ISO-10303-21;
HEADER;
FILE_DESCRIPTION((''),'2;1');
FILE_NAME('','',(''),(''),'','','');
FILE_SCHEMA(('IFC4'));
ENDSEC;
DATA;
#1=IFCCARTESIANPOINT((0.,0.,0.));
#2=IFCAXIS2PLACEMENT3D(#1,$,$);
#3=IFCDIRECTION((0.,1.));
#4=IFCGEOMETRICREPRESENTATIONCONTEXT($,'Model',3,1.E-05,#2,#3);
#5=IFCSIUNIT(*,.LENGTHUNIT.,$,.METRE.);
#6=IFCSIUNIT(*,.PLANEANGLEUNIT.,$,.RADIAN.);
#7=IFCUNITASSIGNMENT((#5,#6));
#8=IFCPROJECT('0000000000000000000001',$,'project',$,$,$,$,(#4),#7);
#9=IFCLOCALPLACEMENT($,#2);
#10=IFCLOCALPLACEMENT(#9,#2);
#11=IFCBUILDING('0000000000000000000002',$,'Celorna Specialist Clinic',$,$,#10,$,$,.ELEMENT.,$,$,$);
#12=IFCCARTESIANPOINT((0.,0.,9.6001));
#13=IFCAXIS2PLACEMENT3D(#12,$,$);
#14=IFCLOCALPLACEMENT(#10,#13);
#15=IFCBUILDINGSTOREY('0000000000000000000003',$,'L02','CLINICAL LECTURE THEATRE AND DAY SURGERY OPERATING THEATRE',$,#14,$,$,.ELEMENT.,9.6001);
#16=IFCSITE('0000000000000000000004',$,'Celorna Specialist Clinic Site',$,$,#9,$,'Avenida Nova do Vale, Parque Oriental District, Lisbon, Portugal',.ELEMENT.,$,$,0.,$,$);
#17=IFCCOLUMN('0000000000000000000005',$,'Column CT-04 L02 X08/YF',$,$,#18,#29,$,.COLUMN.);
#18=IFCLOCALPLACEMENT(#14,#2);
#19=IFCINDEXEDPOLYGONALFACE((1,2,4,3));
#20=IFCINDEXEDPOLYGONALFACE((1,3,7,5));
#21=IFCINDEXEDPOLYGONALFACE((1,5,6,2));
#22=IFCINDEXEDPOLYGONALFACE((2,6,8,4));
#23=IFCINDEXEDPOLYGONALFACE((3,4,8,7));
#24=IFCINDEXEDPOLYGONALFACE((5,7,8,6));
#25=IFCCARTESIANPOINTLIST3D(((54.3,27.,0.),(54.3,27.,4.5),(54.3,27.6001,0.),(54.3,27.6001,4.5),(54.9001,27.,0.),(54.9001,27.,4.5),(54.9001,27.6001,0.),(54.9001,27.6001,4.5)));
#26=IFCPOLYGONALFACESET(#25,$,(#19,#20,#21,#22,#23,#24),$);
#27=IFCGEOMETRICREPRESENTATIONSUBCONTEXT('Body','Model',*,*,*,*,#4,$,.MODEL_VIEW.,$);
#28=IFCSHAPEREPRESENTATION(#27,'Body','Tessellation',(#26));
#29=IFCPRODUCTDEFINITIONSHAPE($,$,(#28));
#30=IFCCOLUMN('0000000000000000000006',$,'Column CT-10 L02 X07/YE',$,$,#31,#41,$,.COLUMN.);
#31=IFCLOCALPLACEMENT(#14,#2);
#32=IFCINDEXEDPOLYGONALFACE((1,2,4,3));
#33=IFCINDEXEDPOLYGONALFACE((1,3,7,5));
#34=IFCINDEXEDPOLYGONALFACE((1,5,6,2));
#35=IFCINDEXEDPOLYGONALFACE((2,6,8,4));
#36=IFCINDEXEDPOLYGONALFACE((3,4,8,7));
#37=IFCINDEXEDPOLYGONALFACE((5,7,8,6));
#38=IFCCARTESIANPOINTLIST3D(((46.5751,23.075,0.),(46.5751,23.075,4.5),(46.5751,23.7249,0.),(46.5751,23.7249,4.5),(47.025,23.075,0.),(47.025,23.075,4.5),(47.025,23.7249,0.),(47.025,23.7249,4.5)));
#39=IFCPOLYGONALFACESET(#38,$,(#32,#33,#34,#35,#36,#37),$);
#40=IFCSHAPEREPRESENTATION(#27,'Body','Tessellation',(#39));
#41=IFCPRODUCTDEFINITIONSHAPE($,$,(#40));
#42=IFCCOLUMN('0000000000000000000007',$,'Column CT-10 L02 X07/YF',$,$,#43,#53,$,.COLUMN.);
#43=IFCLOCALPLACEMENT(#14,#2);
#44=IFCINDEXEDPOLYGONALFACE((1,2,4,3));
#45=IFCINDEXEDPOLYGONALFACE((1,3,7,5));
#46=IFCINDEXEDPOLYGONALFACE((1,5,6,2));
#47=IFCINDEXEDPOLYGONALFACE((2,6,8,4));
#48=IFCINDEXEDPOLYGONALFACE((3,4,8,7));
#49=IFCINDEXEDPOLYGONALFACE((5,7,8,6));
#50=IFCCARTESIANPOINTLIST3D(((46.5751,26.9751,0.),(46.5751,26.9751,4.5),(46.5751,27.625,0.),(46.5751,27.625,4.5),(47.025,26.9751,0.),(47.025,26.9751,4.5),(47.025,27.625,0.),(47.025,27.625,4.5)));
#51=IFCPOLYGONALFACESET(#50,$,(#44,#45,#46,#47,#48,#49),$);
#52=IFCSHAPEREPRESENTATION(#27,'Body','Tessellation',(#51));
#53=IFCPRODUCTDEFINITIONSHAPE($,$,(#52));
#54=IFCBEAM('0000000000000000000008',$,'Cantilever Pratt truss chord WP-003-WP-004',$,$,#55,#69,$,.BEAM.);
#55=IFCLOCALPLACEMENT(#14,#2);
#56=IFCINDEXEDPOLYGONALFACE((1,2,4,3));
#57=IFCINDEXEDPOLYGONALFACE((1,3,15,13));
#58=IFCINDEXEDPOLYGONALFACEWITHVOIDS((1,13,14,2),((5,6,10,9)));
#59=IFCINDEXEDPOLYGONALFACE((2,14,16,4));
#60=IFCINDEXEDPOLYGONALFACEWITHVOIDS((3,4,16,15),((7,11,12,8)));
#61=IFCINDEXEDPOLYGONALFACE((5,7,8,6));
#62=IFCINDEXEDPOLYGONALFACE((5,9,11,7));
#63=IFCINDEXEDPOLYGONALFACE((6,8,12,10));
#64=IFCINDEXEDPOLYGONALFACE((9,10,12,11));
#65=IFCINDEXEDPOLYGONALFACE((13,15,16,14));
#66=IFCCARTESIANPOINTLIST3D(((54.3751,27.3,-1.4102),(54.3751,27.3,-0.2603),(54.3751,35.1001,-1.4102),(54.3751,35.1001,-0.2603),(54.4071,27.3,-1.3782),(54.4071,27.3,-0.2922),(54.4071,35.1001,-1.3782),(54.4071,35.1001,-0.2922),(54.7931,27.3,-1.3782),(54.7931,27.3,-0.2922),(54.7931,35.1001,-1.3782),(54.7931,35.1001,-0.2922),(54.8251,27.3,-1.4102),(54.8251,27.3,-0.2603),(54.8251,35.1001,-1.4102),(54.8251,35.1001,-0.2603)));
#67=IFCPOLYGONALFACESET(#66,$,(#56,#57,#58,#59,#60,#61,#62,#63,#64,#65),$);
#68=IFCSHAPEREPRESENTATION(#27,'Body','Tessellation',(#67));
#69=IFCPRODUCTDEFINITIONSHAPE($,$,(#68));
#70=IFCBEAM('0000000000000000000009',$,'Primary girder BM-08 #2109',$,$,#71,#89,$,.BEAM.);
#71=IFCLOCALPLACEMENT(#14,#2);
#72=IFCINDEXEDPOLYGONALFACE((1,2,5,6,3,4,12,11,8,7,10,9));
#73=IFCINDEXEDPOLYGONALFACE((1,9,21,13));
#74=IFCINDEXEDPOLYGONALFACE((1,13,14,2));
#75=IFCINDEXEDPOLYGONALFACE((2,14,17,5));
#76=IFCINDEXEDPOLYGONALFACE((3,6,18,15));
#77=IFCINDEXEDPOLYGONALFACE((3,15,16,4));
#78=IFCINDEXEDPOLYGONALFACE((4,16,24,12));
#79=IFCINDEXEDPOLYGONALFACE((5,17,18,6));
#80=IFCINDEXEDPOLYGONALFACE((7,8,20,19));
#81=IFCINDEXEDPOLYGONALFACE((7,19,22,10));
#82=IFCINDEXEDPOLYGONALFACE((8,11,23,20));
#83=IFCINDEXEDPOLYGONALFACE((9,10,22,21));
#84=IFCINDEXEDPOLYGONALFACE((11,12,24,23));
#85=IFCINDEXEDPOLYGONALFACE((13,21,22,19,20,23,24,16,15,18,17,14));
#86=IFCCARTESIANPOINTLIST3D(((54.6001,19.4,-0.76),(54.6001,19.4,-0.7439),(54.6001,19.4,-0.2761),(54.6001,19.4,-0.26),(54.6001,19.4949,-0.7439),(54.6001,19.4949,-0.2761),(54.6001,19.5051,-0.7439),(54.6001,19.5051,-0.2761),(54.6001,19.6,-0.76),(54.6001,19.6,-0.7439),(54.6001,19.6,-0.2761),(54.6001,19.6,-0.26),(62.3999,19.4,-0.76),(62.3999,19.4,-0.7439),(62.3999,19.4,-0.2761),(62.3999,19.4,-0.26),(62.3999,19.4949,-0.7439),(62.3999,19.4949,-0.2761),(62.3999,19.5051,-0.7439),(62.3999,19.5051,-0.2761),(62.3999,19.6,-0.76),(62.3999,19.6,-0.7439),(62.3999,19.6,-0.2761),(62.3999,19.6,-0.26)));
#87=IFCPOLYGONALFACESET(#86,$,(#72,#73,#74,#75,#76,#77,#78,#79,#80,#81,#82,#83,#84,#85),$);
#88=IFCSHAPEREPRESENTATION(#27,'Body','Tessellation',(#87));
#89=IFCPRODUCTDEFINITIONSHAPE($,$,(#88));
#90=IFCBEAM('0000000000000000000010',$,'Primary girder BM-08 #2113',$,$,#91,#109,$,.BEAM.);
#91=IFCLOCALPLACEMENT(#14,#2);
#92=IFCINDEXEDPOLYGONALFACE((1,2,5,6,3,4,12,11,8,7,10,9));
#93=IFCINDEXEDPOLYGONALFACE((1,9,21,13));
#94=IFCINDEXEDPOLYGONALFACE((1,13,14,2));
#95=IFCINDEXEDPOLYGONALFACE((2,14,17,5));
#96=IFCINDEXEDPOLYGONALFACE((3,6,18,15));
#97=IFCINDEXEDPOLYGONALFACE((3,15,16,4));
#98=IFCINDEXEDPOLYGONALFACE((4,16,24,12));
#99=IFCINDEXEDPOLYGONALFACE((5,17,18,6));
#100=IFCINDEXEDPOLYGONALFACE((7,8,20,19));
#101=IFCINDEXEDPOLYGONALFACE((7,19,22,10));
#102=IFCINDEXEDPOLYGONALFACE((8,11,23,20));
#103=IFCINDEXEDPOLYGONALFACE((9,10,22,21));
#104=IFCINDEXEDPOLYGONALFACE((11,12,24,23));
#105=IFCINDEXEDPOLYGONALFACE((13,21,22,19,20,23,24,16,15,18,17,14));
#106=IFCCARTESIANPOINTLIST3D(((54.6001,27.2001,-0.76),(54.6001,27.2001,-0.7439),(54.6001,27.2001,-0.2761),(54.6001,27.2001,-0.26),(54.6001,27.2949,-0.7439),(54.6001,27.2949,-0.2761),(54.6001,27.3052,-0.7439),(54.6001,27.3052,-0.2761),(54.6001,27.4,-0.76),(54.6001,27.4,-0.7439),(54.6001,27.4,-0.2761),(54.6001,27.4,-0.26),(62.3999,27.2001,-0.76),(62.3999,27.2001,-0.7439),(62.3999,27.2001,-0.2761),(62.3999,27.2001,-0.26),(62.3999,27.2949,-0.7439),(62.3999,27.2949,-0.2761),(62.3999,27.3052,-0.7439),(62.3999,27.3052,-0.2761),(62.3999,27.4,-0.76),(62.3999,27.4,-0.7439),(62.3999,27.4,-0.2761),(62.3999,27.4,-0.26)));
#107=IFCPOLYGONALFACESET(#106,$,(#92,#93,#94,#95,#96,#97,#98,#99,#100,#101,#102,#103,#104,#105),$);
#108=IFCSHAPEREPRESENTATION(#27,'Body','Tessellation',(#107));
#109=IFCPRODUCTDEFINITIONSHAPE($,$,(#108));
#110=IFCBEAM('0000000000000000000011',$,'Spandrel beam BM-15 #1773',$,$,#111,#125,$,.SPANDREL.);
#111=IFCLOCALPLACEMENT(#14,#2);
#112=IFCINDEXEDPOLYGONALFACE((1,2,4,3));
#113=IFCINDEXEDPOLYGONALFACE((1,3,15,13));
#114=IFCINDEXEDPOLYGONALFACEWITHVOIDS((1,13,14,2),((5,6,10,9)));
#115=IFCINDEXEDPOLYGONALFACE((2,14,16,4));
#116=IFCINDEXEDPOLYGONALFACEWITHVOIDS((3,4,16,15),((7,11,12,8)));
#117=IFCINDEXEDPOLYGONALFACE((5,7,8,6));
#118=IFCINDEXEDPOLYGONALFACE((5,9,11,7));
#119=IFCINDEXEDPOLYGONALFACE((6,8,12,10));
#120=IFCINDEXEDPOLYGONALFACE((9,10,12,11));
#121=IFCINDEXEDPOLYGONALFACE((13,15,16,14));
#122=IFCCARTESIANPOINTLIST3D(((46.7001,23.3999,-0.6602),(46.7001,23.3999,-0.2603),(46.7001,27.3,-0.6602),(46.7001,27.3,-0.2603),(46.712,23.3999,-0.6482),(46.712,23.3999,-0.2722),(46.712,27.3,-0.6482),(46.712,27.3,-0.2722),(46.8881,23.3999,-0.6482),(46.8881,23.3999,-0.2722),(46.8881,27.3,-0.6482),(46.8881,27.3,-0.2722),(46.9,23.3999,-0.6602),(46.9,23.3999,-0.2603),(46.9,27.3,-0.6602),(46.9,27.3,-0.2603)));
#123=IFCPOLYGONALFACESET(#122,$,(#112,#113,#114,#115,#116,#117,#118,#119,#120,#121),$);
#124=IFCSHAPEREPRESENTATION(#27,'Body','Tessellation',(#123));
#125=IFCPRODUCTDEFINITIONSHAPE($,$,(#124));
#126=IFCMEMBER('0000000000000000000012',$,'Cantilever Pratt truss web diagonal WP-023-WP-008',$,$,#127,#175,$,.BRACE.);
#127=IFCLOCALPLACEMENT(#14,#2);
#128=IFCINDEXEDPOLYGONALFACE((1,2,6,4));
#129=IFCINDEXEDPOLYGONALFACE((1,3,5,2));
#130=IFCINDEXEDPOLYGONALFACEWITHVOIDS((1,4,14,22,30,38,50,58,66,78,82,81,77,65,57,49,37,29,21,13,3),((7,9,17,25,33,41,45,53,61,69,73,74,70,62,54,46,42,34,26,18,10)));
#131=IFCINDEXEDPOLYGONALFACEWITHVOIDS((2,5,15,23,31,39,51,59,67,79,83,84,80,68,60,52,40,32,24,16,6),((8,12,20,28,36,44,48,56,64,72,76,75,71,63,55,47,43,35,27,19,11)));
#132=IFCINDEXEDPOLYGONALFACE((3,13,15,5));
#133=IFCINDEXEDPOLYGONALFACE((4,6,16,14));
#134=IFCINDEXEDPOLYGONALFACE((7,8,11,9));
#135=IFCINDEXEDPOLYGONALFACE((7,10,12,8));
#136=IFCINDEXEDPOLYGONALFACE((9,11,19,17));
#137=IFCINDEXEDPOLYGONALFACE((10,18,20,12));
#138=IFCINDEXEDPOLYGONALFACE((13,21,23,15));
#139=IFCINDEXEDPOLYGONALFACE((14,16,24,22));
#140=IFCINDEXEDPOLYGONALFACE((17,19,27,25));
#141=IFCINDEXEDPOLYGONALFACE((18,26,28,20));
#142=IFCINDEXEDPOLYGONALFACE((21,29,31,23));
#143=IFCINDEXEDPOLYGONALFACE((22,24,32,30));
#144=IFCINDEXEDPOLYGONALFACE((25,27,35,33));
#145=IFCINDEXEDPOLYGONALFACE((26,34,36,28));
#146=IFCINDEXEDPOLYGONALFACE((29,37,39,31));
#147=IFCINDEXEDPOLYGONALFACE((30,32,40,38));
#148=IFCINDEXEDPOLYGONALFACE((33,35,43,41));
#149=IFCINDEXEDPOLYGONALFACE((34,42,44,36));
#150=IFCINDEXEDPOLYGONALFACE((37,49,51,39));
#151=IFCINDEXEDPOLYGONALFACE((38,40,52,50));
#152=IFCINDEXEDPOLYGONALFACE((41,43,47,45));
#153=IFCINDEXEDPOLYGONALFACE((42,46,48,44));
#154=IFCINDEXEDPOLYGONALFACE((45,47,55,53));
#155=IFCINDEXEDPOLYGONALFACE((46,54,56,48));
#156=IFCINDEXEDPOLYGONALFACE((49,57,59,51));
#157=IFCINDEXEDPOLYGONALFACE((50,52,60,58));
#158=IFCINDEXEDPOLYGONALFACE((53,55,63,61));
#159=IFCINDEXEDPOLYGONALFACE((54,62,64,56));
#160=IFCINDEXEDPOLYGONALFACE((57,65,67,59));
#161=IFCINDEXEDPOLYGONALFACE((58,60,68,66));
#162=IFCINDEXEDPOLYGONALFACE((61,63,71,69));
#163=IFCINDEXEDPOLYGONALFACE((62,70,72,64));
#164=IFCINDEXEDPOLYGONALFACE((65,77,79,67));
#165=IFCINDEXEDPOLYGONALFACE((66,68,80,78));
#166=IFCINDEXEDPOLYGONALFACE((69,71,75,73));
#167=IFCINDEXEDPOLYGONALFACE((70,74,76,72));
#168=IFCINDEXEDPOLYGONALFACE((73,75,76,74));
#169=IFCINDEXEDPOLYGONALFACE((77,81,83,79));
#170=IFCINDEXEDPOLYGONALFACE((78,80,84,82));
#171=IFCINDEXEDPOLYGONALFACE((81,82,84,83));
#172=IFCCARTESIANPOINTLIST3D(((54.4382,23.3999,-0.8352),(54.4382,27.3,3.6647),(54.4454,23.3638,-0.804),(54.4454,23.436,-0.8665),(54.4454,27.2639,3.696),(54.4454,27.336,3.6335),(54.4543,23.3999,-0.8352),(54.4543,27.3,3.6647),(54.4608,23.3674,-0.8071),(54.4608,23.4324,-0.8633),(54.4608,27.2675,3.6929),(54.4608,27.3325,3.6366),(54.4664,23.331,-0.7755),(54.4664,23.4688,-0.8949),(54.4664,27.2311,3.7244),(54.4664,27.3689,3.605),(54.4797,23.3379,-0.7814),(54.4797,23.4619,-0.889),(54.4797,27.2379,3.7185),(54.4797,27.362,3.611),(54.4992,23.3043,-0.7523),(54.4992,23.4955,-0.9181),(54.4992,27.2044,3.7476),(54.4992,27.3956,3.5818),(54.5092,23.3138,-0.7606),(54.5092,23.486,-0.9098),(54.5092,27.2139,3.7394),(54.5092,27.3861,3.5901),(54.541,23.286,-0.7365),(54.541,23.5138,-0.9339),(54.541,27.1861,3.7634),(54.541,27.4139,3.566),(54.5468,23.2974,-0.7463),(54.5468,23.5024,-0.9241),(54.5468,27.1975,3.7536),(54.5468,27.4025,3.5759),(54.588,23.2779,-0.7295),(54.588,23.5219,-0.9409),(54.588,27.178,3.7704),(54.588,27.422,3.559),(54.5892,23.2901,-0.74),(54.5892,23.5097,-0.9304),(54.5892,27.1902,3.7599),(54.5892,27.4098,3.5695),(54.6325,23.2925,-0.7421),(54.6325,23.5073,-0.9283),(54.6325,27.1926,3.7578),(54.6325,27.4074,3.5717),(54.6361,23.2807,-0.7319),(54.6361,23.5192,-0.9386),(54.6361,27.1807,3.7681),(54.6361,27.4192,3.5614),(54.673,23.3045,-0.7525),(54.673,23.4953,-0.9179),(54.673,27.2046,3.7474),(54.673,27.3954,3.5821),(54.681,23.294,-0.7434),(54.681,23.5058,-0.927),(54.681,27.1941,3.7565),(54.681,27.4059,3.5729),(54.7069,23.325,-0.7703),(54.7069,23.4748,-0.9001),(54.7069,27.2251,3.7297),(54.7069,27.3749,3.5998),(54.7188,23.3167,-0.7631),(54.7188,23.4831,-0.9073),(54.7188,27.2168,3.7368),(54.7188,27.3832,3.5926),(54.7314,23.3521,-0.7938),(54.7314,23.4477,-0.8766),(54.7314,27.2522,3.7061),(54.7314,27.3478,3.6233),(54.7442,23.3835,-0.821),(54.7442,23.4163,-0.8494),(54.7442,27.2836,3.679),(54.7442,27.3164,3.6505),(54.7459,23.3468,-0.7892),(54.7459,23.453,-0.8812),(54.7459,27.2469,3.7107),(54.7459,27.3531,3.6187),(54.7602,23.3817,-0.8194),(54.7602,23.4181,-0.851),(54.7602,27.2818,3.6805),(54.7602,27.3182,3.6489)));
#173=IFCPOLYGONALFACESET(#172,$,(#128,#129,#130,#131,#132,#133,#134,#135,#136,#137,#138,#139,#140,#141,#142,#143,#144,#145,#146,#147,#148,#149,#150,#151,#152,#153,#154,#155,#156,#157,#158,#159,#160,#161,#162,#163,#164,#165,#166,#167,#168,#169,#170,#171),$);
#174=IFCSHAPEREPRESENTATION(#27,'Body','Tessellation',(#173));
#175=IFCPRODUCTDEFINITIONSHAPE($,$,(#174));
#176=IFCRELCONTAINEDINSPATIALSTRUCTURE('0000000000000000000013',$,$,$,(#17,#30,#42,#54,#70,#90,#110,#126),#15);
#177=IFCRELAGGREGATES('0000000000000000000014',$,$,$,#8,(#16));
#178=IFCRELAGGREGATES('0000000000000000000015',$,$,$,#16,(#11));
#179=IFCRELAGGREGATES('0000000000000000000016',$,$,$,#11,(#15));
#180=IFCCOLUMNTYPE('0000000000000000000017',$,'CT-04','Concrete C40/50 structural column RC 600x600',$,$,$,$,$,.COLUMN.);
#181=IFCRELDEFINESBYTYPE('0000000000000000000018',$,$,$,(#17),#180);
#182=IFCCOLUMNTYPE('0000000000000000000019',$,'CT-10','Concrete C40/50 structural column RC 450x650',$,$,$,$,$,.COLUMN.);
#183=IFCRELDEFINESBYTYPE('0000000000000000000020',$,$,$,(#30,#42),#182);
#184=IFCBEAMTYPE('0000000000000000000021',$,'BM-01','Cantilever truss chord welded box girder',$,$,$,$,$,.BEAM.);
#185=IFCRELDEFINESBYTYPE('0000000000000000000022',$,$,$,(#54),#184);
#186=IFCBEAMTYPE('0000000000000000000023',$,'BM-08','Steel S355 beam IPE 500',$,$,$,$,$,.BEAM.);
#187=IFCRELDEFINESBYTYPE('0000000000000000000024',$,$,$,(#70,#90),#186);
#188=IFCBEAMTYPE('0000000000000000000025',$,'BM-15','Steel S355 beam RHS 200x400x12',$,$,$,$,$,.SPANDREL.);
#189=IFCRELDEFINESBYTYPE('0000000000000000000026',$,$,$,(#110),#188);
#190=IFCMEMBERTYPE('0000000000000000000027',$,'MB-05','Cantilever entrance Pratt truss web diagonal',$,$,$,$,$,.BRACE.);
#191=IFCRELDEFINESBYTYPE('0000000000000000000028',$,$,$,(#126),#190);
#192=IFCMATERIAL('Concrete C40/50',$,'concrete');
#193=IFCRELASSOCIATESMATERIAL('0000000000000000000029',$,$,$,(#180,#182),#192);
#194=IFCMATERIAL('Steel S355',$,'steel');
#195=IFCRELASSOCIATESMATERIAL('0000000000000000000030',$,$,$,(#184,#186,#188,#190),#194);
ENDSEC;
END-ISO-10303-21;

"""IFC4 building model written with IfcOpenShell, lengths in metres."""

from ifc_helpers import new_model, si_unit, direction, frame, origin, origin_2d, place, context, subcontext, project, spatial, rectangle, hollow_rectangle, hollow_circle, i_section, extrude, material, material_profile, profile_set, type_object, element, save


model = new_model("IFC4")

# Units and contexts
model_context = context("Model", 3, precision=1e-05, world=origin(), true_north=direction((0.0, 1.0)))
body_context = subcontext(model_context, "Body", "Model", "MODEL_VIEW")
ifc_project = project(units=[si_unit("LENGTHUNIT", "METRE"), si_unit("PLANEANGLEUNIT", "RADIAN")], contexts=[model_context])

# Site, building, storey
site_placement = place(None, origin())
site = spatial("IfcSite", under=ifc_project, at=site_placement, Name="Celorna Specialist Clinic Site", LongName="Avenida Nova do Vale, Parque Oriental District, Lisbon, Portugal", CompositionType="ELEMENT", RefElevation=0.0)
building_placement = place(site_placement, origin())
building = spatial("IfcBuilding", under=site, at=building_placement, Name="Celorna Specialist Clinic", CompositionType="ELEMENT")
storey_placement = place(building_placement, frame((0.0, 0.0, 9.6001)))
storey = spatial("IfcBuildingStorey", under=building, at=storey_placement, Name="L02", Description="CLINICAL LECTURE THEATRE AND DAY SURGERY OPERATING THEATRE", CompositionType="ELEMENT", Elevation=9.6001)

# Columns
ifc_material_1 = material(Name="Concrete C40/50", Category="concrete")
ifc_material_profile_1 = material_profile(ifc_material_1, rectangle(XDim=0.6001, YDim=0.6001, at=origin_2d()), Name="RC 600x600")
ifc_profile_set_1 = profile_set([ifc_material_profile_1], Name="Concrete C40/50")
column_type_1 = type_object("IfcColumnType", Name="CT-04", Description="Concrete C40/50 structural column RC 600x600", PredefinedType="COLUMN", material=ifc_profile_set_1)
column_placement = place(storey_placement, frame((54.6001, 27.3, 0.0), z_axis=(0.0, 0.0, 1.0), x_axis=(1.0, 0.0, 0.0)))
element("IfcColumn", 1, at=column_placement, inside=storey, type_object=column_type_1, Name="Column CT-04 L02 X08/YF", PredefinedType="COLUMN", context=body_context, shape_type="SweptSolid", body=[
    extrude(rectangle(XDim=0.6001, YDim=0.6001, at=origin_2d()), origin(), (0.0, 0.0, 1.0), 4.5),
])
ifc_material_profile_2 = material_profile(ifc_material_1, rectangle(XDim=0.45, YDim=0.6499, at=origin_2d()), Name="RC 450x650")
ifc_profile_set_2 = profile_set([ifc_material_profile_2], Name="Concrete C40/50")
column_type_2 = type_object("IfcColumnType", Name="CT-10", Description="Concrete C40/50 structural column RC 450x650", PredefinedType="COLUMN", material=ifc_profile_set_2)
for number, where, z_axis, x_axis, name in (
    (2, (46.8, 23.3999, 0.0), (0.0, 0.0, 1.0), (1.0, 0.0, 0.0), "Column CT-10 L02 X07/YE"),
    (3, (46.8, 27.3, 0.0), (0.0, 0.0, 1.0), (1.0, 0.0, 0.0), "Column CT-10 L02 X07/YF"),
):
    element("IfcColumn", number, at=place(storey_placement, frame(where, z_axis=z_axis, x_axis=x_axis)), inside=storey, type_object=column_type_2, Name=name, PredefinedType="COLUMN", context=body_context, shape_type="SweptSolid", body=[
        extrude(rectangle(XDim=0.45, YDim=0.6499, at=origin_2d()), origin(), (0.0, 0.0, 1.0), 4.5),
    ])

# Beams
ifc_material_2 = material(Name="Steel S355", Category="steel")
ifc_material_profile_3 = material_profile(ifc_material_2, hollow_rectangle(XDim=0.45, YDim=1.1499, WallThickness=0.032, at=origin_2d()), Name="BOX 450x1150x32")
ifc_profile_set_3 = profile_set([ifc_material_profile_3], Name="Steel S355")
beam_type_1 = type_object("IfcBeamType", Name="BM-01", Description="Cantilever truss chord welded box girder", PredefinedType="BEAM", material=ifc_profile_set_3)
beam_1_placement = place(storey_placement, frame((54.6001, 27.3, -0.8352), z_axis=(0.0, 1.0, 0.0), x_axis=(-1.0, 0.0, 0.0)))
element("IfcBeam", 4, at=beam_1_placement, inside=storey, type_object=beam_type_1, Name="Cantilever Pratt truss chord WP-003-WP-004", PredefinedType="BEAM", context=body_context, shape_type="SweptSolid", body=[
    extrude(hollow_rectangle(XDim=0.45, YDim=1.1499, WallThickness=0.032, at=origin_2d()), origin(), (0.0, 0.0, 1.0), 7.8),
])
ifc_material_profile_4 = material_profile(ifc_material_2, i_section(OverallWidth=0.2, OverallDepth=0.5, WebThickness=0.0103, FlangeThickness=0.0161, at=origin_2d()), Name="IPE 500")
ifc_profile_set_4 = profile_set([ifc_material_profile_4], Name="Steel S355")
beam_type_2 = type_object("IfcBeamType", Name="BM-08", Description="Steel S355 beam IPE 500", PredefinedType="BEAM", material=ifc_profile_set_4)
for number, where, z_axis, x_axis, name in (
    (5, (54.6001, 19.5, -0.51), (1.0, 0.0, 0.0), (0.0, 1.0, 0.0), "Primary girder BM-08 #2109"),
    (6, (54.6001, 27.3, -0.51), (1.0, 0.0, 0.0), (0.0, 1.0, 0.0), "Primary girder BM-08 #2113"),
):
    element("IfcBeam", number, at=place(storey_placement, frame(where, z_axis=z_axis, x_axis=x_axis)), inside=storey, type_object=beam_type_2, Name=name, PredefinedType="BEAM", context=body_context, shape_type="SweptSolid", body=[
        extrude(i_section(OverallWidth=0.2, OverallDepth=0.5, WebThickness=0.0103, FlangeThickness=0.0161, at=origin_2d()), origin(), (0.0, 0.0, 1.0), 7.7998),
    ])
ifc_material_profile_5 = material_profile(ifc_material_2, hollow_rectangle(XDim=0.2, YDim=0.3999, WallThickness=0.012, at=origin_2d()), Name="RHS 200x400x12")
ifc_profile_set_5 = profile_set([ifc_material_profile_5], Name="Steel S355")
beam_type_3 = type_object("IfcBeamType", Name="BM-15", Description="Steel S355 beam RHS 200x400x12", PredefinedType="SPANDREL", material=ifc_profile_set_5)
beam_2_placement = place(storey_placement, frame((46.8, 23.3999, -0.4602), z_axis=(0.0, 1.0, 0.0), x_axis=(-1.0, 0.0, 0.0)))
element("IfcBeam", 7, at=beam_2_placement, inside=storey, type_object=beam_type_3, Name="Spandrel beam BM-15 #1773", PredefinedType="SPANDREL", context=body_context, shape_type="SweptSolid", body=[
    extrude(hollow_rectangle(XDim=0.2, YDim=0.3999, WallThickness=0.012, at=origin_2d()), origin(), (0.0, 0.0, 1.0), 3.9001),
])

# Member
ifc_material_profile_6 = material_profile(ifc_material_2, hollow_circle(Radius=0.1619, WallThickness=0.0161, at=origin_2d()), Name="CHS 323.9x16")
ifc_profile_set_6 = profile_set([ifc_material_profile_6], Name="Steel S355")
member_type_1 = type_object("IfcMemberType", Name="MB-05", Description="Cantilever entrance Pratt truss web diagonal", PredefinedType="BRACE", material=ifc_profile_set_6)
for number, where, z_axis, x_axis, name in (
    (8, (54.6001, 23.3999, -0.8352), (0.0, 0.654945, 0.755677), (-1.0, 0.0, 0.0), "Cantilever Pratt truss web diagonal WP-023-WP-008"),
):
    element("IfcMember", number, at=place(storey_placement, frame(where, z_axis=z_axis, x_axis=x_axis)), inside=storey, type_object=member_type_1, Name=name, PredefinedType="BRACE", context=body_context, shape_type="SweptSolid", body=[
        extrude(hollow_circle(Radius=0.1619, WallThickness=0.0161, at=origin_2d()), origin(), (0.0, 0.0, 1.0), 5.9548),
    ])

save(model, "model.ifc")
